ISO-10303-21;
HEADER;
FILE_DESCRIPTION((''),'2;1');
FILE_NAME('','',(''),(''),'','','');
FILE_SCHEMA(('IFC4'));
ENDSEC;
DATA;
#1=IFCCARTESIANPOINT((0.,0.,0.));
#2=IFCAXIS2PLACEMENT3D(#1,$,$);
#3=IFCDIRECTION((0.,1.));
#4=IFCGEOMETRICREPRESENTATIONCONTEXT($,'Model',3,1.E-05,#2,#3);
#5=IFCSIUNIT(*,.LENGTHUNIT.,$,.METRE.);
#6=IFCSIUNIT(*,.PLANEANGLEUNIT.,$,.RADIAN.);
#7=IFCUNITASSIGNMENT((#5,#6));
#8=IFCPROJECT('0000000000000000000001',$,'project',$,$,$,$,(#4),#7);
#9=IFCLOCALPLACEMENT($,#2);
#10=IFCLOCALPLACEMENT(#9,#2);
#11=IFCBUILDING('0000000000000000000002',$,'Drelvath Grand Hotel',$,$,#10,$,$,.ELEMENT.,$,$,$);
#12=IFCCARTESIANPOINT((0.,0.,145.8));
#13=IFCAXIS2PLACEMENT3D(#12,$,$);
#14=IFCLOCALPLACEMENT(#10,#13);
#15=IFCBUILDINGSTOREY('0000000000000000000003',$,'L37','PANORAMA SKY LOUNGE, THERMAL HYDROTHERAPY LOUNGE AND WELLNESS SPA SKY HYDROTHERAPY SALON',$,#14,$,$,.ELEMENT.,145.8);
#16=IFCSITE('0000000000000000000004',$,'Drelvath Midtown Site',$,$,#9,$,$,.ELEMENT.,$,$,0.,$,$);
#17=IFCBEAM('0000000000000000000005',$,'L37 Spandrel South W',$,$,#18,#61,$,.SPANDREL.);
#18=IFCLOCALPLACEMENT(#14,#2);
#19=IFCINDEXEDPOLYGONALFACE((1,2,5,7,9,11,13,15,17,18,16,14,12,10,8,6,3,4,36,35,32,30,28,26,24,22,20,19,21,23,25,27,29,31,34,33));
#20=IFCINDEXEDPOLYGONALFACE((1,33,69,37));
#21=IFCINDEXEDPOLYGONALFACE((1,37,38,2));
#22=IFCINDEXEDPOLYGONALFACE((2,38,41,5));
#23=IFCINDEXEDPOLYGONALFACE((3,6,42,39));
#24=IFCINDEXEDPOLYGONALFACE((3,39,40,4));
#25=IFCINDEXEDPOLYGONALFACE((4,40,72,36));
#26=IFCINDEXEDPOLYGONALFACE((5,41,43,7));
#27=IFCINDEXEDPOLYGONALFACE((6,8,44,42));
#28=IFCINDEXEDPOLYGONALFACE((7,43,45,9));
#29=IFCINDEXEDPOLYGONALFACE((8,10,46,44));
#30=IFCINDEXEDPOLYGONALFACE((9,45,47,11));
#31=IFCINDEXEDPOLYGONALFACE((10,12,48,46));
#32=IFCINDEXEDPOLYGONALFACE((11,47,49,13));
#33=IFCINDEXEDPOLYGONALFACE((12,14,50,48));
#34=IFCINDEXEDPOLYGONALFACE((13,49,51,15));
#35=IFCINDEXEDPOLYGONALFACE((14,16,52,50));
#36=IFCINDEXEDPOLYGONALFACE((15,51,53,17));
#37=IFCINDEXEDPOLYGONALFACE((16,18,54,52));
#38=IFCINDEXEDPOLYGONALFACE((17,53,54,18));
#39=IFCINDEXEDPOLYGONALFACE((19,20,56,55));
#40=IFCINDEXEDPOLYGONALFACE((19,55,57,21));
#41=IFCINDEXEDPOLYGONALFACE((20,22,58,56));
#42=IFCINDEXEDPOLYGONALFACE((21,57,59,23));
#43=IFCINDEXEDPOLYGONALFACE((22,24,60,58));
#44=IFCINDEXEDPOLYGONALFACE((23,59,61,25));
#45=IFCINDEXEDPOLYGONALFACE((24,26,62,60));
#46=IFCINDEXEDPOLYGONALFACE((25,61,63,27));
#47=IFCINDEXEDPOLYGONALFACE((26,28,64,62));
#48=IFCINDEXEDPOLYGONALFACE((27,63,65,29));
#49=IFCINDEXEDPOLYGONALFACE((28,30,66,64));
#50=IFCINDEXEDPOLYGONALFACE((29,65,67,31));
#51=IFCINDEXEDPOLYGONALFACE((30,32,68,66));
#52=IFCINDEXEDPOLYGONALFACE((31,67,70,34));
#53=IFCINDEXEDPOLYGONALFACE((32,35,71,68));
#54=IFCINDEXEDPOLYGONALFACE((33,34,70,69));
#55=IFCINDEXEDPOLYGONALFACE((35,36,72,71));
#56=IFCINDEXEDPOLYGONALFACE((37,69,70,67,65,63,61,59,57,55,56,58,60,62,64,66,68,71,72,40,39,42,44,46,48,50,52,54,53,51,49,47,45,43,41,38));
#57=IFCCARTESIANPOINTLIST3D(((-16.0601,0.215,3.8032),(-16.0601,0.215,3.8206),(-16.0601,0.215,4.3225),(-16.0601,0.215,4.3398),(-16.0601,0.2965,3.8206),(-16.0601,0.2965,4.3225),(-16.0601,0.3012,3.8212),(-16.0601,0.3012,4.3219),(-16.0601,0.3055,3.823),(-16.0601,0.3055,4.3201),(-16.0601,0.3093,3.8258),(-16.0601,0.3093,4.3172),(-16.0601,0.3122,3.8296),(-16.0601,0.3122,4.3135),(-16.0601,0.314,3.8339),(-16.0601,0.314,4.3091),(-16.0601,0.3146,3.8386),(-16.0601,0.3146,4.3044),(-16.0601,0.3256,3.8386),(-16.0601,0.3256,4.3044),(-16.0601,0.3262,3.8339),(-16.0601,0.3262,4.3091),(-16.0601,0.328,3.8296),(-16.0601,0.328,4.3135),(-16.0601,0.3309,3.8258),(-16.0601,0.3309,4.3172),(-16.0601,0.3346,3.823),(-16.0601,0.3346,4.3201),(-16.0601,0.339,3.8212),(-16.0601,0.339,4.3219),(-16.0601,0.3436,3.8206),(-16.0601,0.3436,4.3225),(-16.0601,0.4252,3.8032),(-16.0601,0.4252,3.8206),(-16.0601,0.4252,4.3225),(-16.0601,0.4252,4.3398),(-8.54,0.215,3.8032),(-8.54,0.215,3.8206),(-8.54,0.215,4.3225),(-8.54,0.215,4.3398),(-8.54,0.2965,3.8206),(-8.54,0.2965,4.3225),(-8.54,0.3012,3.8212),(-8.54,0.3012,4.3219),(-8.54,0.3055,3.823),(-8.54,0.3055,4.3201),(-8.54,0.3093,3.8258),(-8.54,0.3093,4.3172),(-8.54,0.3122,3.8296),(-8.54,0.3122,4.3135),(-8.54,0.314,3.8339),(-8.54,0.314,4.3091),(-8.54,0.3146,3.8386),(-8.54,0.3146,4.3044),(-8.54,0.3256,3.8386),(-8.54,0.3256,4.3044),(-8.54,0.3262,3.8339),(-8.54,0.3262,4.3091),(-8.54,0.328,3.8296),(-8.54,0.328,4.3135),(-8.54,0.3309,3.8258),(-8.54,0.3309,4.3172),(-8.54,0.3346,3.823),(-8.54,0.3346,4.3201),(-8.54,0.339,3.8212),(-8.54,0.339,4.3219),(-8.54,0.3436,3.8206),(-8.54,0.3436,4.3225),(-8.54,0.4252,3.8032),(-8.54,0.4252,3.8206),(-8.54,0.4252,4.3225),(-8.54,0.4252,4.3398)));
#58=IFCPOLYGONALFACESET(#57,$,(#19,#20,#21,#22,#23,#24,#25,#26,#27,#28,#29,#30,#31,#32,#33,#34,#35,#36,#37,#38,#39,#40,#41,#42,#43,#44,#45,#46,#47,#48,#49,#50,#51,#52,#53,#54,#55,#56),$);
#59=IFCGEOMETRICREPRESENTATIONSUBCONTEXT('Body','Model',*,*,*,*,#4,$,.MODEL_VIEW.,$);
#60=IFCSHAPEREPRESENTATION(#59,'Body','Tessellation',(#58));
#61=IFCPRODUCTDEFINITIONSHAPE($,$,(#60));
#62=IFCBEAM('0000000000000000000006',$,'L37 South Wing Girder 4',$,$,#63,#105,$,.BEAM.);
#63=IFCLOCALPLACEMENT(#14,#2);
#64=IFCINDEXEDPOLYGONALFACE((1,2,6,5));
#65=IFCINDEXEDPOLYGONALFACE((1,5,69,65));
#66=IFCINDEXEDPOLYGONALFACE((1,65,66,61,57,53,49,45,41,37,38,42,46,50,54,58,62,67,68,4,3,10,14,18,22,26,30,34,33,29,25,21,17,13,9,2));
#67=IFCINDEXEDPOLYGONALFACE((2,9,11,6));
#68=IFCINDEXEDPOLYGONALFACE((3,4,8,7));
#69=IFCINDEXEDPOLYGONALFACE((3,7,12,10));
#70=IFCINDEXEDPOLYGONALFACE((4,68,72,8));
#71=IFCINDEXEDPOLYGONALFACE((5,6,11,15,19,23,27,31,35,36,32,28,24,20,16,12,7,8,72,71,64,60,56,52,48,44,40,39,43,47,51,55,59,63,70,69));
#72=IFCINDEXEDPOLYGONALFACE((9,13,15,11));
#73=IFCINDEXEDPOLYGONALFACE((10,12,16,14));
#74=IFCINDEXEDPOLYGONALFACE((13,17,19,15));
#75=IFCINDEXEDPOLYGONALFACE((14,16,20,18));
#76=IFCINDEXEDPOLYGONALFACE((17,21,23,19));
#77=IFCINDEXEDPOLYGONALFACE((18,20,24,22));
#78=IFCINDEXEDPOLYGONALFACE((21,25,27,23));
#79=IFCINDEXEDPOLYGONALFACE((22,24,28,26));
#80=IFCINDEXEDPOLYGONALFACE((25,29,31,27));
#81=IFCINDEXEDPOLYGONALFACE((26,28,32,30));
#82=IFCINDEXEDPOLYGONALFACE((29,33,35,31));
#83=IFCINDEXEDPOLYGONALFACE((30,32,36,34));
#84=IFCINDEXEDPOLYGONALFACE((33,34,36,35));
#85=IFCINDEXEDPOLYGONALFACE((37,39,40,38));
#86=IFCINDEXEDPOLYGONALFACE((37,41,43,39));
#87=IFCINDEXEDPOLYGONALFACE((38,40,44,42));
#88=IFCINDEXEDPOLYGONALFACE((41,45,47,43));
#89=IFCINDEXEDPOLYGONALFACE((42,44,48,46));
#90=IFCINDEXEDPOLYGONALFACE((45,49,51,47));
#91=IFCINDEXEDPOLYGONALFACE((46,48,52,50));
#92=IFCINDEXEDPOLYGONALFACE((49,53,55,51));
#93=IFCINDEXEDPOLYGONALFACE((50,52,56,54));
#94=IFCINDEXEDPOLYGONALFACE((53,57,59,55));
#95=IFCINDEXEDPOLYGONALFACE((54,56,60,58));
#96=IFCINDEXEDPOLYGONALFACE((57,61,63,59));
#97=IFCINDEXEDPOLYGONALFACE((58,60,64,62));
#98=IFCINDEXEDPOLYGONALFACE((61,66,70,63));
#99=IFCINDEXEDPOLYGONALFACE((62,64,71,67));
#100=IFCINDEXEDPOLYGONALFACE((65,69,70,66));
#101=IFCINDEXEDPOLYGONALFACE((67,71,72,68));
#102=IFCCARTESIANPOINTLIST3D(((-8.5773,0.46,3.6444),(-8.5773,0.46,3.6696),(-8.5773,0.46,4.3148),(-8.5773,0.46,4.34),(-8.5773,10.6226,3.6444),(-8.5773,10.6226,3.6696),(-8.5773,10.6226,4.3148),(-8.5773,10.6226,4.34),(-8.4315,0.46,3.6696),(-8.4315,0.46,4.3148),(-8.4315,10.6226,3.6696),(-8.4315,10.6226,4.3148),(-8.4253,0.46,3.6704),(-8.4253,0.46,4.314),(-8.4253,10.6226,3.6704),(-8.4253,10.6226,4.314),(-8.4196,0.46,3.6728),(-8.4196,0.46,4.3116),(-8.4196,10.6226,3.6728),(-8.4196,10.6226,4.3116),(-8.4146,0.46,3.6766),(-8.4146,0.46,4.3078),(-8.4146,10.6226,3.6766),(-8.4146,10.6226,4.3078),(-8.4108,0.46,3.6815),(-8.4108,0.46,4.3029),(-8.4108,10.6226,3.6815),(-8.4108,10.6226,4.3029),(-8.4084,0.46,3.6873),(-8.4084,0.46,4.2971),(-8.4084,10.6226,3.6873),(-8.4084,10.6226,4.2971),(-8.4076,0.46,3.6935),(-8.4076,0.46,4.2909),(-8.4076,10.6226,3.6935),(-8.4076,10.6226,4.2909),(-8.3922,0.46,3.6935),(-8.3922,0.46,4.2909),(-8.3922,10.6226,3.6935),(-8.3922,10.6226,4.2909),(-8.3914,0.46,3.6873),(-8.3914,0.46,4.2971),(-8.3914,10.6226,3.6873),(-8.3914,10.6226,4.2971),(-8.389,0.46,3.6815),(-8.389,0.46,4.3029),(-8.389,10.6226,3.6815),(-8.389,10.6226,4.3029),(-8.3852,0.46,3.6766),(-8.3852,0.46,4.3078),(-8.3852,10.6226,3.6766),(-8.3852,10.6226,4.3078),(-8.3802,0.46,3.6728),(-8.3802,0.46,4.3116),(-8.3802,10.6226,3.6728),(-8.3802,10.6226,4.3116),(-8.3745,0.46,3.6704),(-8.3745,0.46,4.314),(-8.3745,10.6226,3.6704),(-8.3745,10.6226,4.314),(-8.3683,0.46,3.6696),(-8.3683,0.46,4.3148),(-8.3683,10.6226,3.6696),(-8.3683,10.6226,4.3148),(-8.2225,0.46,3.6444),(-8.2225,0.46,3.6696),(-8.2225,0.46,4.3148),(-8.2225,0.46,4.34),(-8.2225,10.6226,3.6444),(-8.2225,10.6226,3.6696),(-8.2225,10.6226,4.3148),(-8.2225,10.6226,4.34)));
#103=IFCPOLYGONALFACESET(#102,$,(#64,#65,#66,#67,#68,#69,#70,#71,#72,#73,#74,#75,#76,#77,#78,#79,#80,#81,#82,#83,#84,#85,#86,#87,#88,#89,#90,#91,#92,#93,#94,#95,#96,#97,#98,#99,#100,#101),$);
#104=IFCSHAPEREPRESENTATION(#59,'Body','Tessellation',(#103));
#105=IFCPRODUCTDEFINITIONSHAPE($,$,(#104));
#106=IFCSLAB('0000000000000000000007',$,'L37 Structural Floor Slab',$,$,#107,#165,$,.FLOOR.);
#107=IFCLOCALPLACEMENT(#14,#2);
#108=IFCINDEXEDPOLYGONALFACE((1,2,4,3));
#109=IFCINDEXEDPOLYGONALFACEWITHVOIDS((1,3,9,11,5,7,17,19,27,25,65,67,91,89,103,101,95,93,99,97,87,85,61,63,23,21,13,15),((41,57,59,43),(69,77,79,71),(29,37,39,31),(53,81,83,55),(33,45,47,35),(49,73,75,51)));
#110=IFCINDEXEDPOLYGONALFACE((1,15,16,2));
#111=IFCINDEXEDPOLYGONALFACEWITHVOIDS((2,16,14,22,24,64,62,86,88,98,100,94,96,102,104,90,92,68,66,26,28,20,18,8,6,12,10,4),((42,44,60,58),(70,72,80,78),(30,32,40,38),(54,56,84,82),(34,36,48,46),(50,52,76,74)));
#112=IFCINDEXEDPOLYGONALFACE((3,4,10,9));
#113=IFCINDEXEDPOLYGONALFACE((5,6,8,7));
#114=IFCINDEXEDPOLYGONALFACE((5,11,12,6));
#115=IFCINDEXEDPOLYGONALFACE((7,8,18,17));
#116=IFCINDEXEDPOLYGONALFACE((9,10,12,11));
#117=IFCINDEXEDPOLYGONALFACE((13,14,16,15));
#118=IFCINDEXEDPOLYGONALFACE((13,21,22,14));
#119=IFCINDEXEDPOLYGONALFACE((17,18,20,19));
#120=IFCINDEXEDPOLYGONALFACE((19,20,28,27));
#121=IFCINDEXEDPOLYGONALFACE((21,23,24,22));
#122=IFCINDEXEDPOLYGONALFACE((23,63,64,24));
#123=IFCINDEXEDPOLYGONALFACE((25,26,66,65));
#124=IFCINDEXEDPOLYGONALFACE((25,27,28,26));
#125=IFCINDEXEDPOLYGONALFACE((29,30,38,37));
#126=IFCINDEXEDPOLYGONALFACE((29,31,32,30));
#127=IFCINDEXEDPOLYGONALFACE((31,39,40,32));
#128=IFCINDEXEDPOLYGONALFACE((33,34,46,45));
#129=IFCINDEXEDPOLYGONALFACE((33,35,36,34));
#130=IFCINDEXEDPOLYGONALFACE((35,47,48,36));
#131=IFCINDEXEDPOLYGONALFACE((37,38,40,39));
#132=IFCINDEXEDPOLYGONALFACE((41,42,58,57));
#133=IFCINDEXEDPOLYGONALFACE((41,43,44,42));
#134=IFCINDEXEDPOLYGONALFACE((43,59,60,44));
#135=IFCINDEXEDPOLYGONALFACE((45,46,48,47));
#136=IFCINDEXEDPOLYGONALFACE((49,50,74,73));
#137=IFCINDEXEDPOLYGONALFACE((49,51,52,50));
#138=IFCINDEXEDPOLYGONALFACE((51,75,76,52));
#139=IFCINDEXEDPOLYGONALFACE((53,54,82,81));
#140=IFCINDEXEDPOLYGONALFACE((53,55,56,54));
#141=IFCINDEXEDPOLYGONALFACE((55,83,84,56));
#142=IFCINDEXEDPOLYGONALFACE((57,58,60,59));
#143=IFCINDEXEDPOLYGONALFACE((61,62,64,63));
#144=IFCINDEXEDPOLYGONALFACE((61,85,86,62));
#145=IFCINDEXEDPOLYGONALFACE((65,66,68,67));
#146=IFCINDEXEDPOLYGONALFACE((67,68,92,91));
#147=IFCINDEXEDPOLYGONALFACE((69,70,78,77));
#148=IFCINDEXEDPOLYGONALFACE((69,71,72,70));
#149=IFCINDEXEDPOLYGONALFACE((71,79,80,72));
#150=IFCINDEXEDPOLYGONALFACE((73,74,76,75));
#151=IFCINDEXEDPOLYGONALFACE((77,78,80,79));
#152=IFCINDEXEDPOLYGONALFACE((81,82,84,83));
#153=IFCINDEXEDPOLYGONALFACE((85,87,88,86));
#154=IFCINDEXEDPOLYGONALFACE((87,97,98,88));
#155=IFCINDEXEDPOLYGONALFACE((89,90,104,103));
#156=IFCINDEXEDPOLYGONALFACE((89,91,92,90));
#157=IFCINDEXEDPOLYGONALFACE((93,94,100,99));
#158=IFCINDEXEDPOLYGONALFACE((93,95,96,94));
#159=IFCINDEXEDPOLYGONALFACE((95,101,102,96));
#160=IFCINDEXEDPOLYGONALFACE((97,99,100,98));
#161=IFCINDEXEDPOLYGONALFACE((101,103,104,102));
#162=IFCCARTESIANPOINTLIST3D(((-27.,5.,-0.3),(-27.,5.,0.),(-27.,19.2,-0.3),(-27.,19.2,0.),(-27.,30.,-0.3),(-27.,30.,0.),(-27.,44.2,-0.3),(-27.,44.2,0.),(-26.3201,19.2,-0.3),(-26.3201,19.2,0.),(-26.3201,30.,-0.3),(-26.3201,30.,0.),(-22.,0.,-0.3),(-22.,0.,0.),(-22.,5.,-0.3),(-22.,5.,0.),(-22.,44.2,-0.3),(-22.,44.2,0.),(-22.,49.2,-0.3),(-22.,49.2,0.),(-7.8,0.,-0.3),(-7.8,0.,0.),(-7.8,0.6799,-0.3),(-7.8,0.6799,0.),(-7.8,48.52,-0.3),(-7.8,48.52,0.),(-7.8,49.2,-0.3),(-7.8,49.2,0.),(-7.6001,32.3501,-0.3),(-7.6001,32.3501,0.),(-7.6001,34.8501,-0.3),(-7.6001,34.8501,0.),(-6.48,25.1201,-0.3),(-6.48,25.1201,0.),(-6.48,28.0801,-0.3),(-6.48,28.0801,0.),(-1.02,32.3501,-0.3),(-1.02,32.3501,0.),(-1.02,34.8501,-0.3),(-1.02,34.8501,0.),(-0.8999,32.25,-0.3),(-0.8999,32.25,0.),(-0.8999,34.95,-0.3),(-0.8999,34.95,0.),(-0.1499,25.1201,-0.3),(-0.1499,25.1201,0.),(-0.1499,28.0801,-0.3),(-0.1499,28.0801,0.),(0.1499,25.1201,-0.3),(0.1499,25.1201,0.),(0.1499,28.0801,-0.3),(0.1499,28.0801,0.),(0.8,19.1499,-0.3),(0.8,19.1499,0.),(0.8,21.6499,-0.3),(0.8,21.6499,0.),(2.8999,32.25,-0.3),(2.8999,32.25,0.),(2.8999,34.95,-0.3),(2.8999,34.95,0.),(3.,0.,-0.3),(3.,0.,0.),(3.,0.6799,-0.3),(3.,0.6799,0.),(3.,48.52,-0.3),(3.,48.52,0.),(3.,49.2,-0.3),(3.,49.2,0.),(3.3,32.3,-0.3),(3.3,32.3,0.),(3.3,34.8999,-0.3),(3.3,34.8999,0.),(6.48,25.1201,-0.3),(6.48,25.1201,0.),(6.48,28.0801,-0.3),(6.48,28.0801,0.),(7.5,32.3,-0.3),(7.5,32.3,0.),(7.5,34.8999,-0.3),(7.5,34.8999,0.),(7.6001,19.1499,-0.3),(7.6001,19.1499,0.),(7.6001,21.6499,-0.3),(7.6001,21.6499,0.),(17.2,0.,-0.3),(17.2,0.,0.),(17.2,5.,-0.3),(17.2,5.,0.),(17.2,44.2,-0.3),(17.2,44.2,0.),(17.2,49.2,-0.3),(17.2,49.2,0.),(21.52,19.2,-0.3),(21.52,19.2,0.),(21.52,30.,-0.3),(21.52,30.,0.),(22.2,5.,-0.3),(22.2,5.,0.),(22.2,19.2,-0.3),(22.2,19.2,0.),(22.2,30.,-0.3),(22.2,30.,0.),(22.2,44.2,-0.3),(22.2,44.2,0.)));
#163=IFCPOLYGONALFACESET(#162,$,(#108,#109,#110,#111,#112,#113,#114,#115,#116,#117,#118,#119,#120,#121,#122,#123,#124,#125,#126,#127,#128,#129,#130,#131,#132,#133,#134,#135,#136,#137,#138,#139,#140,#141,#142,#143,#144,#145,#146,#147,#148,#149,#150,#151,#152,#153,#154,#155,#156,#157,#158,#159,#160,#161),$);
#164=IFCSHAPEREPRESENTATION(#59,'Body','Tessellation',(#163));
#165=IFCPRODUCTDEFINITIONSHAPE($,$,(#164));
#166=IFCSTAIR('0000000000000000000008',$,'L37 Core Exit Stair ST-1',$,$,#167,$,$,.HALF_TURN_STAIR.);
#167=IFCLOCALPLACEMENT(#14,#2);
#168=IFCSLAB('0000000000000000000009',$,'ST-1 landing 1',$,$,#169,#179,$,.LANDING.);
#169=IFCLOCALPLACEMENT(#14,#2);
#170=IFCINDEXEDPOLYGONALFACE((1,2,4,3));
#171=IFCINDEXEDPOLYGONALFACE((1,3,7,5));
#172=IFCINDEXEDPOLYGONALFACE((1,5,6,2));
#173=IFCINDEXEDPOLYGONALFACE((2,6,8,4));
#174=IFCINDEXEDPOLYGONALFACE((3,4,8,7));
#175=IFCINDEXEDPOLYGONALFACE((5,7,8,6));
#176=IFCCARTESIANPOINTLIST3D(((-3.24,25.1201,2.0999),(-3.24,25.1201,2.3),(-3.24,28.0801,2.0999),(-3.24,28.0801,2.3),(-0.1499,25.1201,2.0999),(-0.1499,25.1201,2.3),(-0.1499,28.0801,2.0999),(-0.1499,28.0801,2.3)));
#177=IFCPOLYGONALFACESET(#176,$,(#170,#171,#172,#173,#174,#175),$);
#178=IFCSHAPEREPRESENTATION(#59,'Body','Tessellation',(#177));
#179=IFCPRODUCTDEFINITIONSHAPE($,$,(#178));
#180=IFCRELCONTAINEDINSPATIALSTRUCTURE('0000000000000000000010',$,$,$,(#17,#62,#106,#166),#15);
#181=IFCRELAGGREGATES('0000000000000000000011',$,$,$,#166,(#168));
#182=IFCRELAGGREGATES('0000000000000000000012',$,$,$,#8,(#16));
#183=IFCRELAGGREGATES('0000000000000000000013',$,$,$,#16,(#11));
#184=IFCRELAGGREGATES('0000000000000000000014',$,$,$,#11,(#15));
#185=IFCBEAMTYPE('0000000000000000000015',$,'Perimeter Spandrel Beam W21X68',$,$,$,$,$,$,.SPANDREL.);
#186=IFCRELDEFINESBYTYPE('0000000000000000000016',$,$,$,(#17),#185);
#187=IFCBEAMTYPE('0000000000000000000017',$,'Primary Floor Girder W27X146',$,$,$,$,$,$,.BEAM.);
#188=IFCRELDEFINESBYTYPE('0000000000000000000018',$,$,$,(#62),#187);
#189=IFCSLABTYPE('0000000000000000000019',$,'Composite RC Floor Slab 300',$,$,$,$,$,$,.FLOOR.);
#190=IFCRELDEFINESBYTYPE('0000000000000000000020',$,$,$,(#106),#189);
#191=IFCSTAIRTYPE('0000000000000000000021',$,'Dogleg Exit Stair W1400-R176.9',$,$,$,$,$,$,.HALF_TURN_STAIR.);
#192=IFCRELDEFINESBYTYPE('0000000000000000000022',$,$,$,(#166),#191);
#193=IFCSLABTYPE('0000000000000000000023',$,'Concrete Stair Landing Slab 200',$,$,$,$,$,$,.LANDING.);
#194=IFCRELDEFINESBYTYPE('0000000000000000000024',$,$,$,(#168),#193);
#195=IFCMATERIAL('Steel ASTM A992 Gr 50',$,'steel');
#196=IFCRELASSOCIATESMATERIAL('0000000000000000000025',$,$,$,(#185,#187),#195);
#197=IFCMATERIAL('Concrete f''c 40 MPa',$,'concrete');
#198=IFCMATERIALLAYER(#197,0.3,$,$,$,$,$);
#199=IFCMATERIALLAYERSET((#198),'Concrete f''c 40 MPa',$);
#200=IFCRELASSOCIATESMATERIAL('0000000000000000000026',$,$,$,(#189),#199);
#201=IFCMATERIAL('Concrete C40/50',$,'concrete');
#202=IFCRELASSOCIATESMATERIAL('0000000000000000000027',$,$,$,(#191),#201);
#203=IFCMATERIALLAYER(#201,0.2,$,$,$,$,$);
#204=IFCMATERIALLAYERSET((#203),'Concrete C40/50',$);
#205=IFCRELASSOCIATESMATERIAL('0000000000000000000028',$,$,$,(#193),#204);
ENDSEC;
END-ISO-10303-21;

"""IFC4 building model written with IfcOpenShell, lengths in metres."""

from ifc_helpers import new_model, si_unit, direction, frame, origin, origin_2d, place, context, subcontext, project, spatial, polyline, i_section, outline, extrude, material, layer, layer_set, material_profile, profile_set, type_object, element, aggregate, save


model = new_model("IFC4")

# Units and contexts
model_context = context("Model", 3, precision=1e-05, world=origin(), true_north=direction((0.0, 1.0)))
body_context = subcontext(model_context, "Body", "Model", "MODEL_VIEW")
ifc_project = project(units=[si_unit("LENGTHUNIT", "METRE"), si_unit("PLANEANGLEUNIT", "RADIAN")], contexts=[model_context])

# Site, building, storey
site_placement = place(None, origin())
site = spatial("IfcSite", under=ifc_project, at=site_placement, Name="Drelvath Midtown Site", CompositionType="ELEMENT", RefElevation=0.0)
building_placement = place(site_placement, origin())
building = spatial("IfcBuilding", under=site, at=building_placement, Name="Drelvath Grand Hotel", CompositionType="ELEMENT")
storey_placement = place(building_placement, frame((0.0, 0.0, 145.8)))
storey = spatial("IfcBuildingStorey", under=building, at=storey_placement, Name="L37", Description="PANORAMA SKY LOUNGE, THERMAL HYDROTHERAPY LOUNGE AND WELLNESS SPA SKY HYDROTHERAPY SALON", CompositionType="ELEMENT", Elevation=145.8)

# Beams
ifc_material_1 = material(Name="Steel ASTM A992 Gr 50", Category="steel")
ifc_material_profile_1 = material_profile(ifc_material_1, i_section(OverallWidth=0.2102, OverallDepth=0.5366, WebThickness=0.011, FlangeThickness=0.0173, FilletRadius=0.0181, at=origin_2d()), Name="W21X68")
ifc_profile_set_1 = profile_set([ifc_material_profile_1], Name="Steel ASTM A992 Gr 50")
beam_type_1 = type_object("IfcBeamType", Name="Perimeter Spandrel Beam W21X68", PredefinedType="SPANDREL", material=ifc_profile_set_1)
beam_1_placement = place(storey_placement, frame((-16.0601, 0.3201, 4.0715), z_axis=(1.0, 0.0, 0.0), x_axis=(0.0, 1.0, 0.0)))
element("IfcBeam", 1, at=beam_1_placement, inside=storey, type_object=beam_type_1, Name="L37 Spandrel South W", PredefinedType="SPANDREL", context=body_context, shape_type="SweptSolid", body=[
    extrude(i_section(OverallWidth=0.2102, OverallDepth=0.5366, WebThickness=0.011, FlangeThickness=0.0173, FilletRadius=0.0181, at=origin_2d()), origin(), (0.0, 0.0, 1.0), 7.52),
])
ifc_material_profile_2 = material_profile(ifc_material_1, i_section(OverallWidth=0.3547, OverallDepth=0.6956, WebThickness=0.0154, FlangeThickness=0.0251, FilletRadius=0.0239, at=origin_2d()), Name="W27X146")
ifc_profile_set_2 = profile_set([ifc_material_profile_2], Name="Steel ASTM A992 Gr 50")
beam_type_2 = type_object("IfcBeamType", Name="Primary Floor Girder W27X146", PredefinedType="BEAM", material=ifc_profile_set_2)
beam_2_placement = place(storey_placement, frame((-8.3999, 0.46, 3.9922), z_axis=(0.0, 1.0, 0.0), x_axis=(-1.0, 0.0, 0.0)))
element("IfcBeam", 2, at=beam_2_placement, inside=storey, type_object=beam_type_2, Name="L37 South Wing Girder 4", PredefinedType="BEAM", context=body_context, shape_type="SweptSolid", body=[
    extrude(i_section(OverallWidth=0.3547, OverallDepth=0.6956, WebThickness=0.0154, FlangeThickness=0.0251, FilletRadius=0.0239, at=origin_2d()), origin(), (0.0, 0.0, 1.0), 10.1626),
])

# Slab
ifc_material_2 = material(Name="Concrete f'c 40 MPa", Category="concrete")
ifc_layer_1 = layer(ifc_material_2, 0.3)
ifc_layer_set_1 = layer_set([ifc_layer_1], Name="Concrete f'c 40 MPa")
slab_type_1 = type_object("IfcSlabType", Name="Composite RC Floor Slab 300", PredefinedType="FLOOR", material=ifc_layer_set_1)
slab_1_placement = place(storey_placement, frame((0.0, 0.0, -0.3)))
element("IfcSlab", 3, at=slab_1_placement, inside=storey, type_object=slab_type_1, Name="L37 Structural Floor Slab", PredefinedType="FLOOR", context=body_context, shape_type="SweptSolid", body=[
    extrude(outline(polyline([(-22.0, 0.0), (-7.8, 0.0), (-7.8, 0.6799), (3.0, 0.6799), (3.0, 0.0), (17.2, 0.0), (17.2, 5.0), (22.2, 5.0), (22.2, 19.2), (21.52, 19.2), (21.52, 30.0), (22.2, 30.0), (22.2, 44.2), (17.2, 44.2), (17.2, 49.2), (3.0, 49.2), (3.0, 48.52), (-7.8, 48.52), (-7.8, 49.2), (-22.0, 49.2), (-22.0, 44.2), (-27.0, 44.2), (-27.0, 30.0), (-26.3201, 30.0), (-26.3201, 19.2), (-27.0, 19.2), (-27.0, 5.0), (-22.0, 5.0), (-22.0, 0.0)]), holes=[polyline([(-6.48, 25.1201), (-6.48, 28.0801), (-0.1499, 28.0801), (-0.1499, 25.1201), (-6.48, 25.1201)]), polyline([(0.1499, 25.1201), (0.1499, 28.0801), (6.48, 28.0801), (6.48, 25.1201), (0.1499, 25.1201)]), polyline([(0.8, 19.1499), (0.8, 21.6499), (7.6001, 21.6499), (7.6001, 19.1499), (0.8, 19.1499)]), polyline([(-7.6001, 32.3501), (-7.6001, 34.8501), (-1.02, 34.8501), (-1.02, 32.3501), (-7.6001, 32.3501)]), polyline([(-0.8999, 32.25), (-0.8999, 34.95), (2.8999, 34.95), (2.8999, 32.25), (-0.8999, 32.25)]), polyline([(3.3, 32.3), (3.3, 34.8999), (7.5, 34.8999), (7.5, 32.3), (3.3, 32.3)])]), origin(), (0.0, 0.0, 1.0), 0.3),
])

# Stair, slab
ifc_material_3 = material(Name="Concrete C40/50", Category="concrete")
stair_type = type_object("IfcStairType", Name="Dogleg Exit Stair W1400-R176.9", PredefinedType="HALF_TURN_STAIR", material=ifc_material_3)
stair_placement = place(storey_placement, origin())
stair = element("IfcStair", 4, at=stair_placement, inside=storey, type_object=stair_type, Name="L37 Core Exit Stair ST-1", PredefinedType="HALF_TURN_STAIR")
ifc_layer_2 = layer(ifc_material_3, 0.2)
ifc_layer_set_2 = layer_set([ifc_layer_2], Name="Concrete C40/50")
slab_type_2 = type_object("IfcSlabType", Name="Concrete Stair Landing Slab 200", PredefinedType="LANDING", material=ifc_layer_set_2)
slab_2_placement = place(storey_placement, frame((0.0, 0.0, 2.0999)))
slab_2 = element("IfcSlab", 5, at=slab_2_placement, type_object=slab_type_2, Name="ST-1 landing 1", PredefinedType="LANDING", context=body_context, shape_type="SweptSolid", body=[
    extrude(outline(polyline([(-3.24, 25.1201), (-0.1499, 25.1201), (-0.1499, 28.0801), (-3.24, 28.0801), (-3.24, 25.1201)])), origin(), (0.0, 0.0, 1.0), 0.2002),
])
aggregate(stair, [slab_2])

save(model, "model.ifc")
